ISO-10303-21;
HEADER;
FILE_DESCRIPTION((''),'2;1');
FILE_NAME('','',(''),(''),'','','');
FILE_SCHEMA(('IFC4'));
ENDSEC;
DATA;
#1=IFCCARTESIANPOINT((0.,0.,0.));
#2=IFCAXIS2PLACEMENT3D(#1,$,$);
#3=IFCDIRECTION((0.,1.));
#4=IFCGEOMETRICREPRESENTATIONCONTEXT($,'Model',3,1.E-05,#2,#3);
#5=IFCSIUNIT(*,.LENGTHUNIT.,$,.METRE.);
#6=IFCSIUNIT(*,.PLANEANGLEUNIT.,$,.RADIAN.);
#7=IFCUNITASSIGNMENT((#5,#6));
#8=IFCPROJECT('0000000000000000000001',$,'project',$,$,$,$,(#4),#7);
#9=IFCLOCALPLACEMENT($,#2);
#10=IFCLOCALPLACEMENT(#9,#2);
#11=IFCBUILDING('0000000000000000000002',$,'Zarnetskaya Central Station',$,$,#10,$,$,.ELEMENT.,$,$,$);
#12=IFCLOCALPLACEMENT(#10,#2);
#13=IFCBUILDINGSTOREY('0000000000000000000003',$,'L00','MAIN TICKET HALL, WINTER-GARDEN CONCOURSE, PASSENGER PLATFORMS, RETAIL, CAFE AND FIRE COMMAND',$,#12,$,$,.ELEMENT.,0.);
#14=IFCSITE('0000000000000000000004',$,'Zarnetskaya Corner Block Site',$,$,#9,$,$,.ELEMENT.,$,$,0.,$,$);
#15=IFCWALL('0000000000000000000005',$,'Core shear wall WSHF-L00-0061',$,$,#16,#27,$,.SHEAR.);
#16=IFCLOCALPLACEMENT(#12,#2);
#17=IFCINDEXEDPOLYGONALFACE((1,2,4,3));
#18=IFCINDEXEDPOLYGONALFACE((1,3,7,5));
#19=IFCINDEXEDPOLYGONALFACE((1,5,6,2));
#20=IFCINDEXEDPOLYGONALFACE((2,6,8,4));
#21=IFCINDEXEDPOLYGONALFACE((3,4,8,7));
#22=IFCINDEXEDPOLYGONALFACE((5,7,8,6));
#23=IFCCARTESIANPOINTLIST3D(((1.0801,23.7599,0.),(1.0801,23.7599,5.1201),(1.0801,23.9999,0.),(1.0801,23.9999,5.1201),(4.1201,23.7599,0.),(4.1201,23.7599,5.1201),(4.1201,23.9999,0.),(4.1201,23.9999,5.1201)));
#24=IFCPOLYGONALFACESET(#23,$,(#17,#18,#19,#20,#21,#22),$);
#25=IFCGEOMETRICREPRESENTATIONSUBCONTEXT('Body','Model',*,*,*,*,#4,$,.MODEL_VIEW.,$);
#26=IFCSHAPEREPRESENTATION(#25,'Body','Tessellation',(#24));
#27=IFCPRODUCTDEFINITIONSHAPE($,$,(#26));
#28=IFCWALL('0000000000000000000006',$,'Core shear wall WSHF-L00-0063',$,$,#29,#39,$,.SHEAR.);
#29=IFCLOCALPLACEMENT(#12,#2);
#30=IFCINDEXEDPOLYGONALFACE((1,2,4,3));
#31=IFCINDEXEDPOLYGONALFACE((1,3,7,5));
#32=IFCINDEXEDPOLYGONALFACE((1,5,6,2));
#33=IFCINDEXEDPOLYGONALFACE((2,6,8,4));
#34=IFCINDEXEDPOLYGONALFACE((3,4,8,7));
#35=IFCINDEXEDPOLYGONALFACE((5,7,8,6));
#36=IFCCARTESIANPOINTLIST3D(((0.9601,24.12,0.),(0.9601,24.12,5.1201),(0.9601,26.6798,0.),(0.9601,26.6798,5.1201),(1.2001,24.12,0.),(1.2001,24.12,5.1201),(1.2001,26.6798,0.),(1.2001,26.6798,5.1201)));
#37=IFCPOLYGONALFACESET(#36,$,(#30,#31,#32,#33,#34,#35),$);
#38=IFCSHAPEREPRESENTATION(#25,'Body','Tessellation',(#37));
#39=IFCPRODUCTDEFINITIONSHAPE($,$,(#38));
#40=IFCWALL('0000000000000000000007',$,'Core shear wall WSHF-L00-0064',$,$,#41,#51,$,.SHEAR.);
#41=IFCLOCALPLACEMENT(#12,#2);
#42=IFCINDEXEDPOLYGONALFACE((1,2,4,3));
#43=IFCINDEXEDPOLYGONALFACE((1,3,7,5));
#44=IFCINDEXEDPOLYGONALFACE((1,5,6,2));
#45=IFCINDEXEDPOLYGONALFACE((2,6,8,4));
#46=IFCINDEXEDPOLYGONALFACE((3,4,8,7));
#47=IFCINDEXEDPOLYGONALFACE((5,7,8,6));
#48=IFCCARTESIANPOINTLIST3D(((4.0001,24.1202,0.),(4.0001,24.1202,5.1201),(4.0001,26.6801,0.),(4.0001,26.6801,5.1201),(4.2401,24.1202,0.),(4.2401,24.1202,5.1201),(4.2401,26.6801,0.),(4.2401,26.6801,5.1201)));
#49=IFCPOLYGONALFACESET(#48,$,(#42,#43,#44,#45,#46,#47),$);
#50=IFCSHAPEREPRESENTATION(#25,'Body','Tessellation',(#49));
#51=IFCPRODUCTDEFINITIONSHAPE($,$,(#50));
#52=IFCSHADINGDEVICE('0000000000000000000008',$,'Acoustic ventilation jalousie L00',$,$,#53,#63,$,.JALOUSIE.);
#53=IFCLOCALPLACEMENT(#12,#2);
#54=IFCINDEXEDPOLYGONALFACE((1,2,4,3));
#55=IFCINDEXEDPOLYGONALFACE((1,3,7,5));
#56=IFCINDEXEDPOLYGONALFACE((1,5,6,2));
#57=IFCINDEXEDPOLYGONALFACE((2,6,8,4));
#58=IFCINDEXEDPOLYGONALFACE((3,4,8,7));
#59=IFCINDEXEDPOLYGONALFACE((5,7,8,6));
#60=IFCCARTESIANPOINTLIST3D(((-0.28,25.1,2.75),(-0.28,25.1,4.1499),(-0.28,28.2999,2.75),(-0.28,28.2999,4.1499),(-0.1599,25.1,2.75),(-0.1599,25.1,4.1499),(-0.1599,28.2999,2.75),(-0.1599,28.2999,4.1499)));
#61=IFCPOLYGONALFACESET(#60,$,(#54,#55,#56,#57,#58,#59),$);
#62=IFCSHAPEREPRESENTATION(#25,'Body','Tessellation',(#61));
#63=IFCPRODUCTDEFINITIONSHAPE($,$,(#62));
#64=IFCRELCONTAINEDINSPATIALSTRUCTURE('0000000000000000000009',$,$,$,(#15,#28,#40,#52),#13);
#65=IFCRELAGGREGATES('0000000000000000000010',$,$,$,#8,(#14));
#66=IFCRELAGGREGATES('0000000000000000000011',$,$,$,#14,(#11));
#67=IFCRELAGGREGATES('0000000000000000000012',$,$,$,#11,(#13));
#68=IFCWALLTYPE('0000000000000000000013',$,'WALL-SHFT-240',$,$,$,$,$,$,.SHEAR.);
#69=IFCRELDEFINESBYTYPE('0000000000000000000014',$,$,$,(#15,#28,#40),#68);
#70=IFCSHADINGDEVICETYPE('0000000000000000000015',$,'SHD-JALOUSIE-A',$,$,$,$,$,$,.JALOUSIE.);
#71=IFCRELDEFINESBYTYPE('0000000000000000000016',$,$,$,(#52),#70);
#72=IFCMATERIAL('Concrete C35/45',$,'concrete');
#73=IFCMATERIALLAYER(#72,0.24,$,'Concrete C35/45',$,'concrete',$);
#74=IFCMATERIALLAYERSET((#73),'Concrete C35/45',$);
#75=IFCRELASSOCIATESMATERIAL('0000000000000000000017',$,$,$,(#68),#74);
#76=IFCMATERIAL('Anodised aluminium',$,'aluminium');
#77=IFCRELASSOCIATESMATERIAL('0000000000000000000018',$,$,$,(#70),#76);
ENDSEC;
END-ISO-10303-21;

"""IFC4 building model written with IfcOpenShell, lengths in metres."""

from ifc_helpers import new_model, si_unit, direction, frame, frame_2d, origin, origin_2d, place, context, subcontext, project, spatial, rectangle, extrude, material, layer, layer_set, type_object, element, save


model = new_model("IFC4")

# Units and contexts
model_context = context("Model", 3, precision=1e-05, world=origin(), true_north=direction((0.0, 1.0)))
body_context = subcontext(model_context, "Body", "Model", "MODEL_VIEW")
ifc_project = project(units=[si_unit("LENGTHUNIT", "METRE"), si_unit("PLANEANGLEUNIT", "RADIAN")], contexts=[model_context])

# Site, building, storey
site_placement = place(None, origin())
site = spatial("IfcSite", under=ifc_project, at=site_placement, Name="Zarnetskaya Corner Block Site", CompositionType="ELEMENT", RefElevation=0.0)
building_placement = place(site_placement, origin())
building = spatial("IfcBuilding", under=site, at=building_placement, Name="Zarnetskaya Central Station", CompositionType="ELEMENT")
storey_placement = place(building_placement, origin())
storey = spatial("IfcBuildingStorey", under=building, at=storey_placement, Name="L00", Description="MAIN TICKET HALL, WINTER-GARDEN CONCOURSE, PASSENGER PLATFORMS, RETAIL, CAFE AND FIRE COMMAND", CompositionType="ELEMENT", Elevation=0.0)

# Shared definitions
ifc_material_1 = material(Name="Anodised aluminium", Category="aluminium")

# Wall
ifc_material_2 = material(Name="Concrete C35/45", Category="concrete")
ifc_layer_1 = layer(ifc_material_2, 0.24, Name="Concrete C35/45", Category="concrete")
ifc_layer_set_1 = layer_set([ifc_layer_1], Name="Concrete C35/45")
wall_type_1 = type_object("IfcWallType", Name="WALL-SHFT-240", PredefinedType="SHEAR", material=ifc_layer_set_1)
wall_1_placement = place(storey_placement, frame((4.1201, 23.8799, 0.0), z_axis=(0.0, 0.0, 1.0), x_axis=(-1.0, 0.0, 0.0)))
element("IfcWall", 1, at=wall_1_placement, inside=storey, type_object=wall_type_1, Name="Core shear wall WSHF-L00-0061", PredefinedType="SHEAR", context=body_context, shape_type="SweptSolid", body=[
    extrude(rectangle(XDim=3.04, YDim=0.24, at=frame_2d((1.52, 0.0))), origin(), (0.0, 0.0, 1.0), 5.1201),
])

# Walls
for number, where, z_axis, x_axis, name in (
    (2, (1.0801, 24.1201, 0.0), (0.0, 0.0, 1.0), (0.0, 1.0, 0.0), "Core shear wall WSHF-L00-0063"),
    (3, (4.1201, 26.6799, 0.0), (0.0, 0.0, 1.0), (0.0, -1.0, 0.0), "Core shear wall WSHF-L00-0064"),
):
    element("IfcWall", number, at=place(storey_placement, frame(where, z_axis=z_axis, x_axis=x_axis)), inside=storey, type_object=wall_type_1, Name=name, PredefinedType="SHEAR", context=body_context, shape_type="SweptSolid", body=[
        extrude(rectangle(XDim=2.5598, YDim=0.24, at=frame_2d((1.2798, 0.0))), origin(), (0.0, 0.0, 1.0), 5.1201),
    ])

# Shading device
shading_device_type = type_object("IfcShadingDeviceType", Name="SHD-JALOUSIE-A", PredefinedType="JALOUSIE", material=ifc_material_1)
shading_device_placement = place(storey_placement, frame((-0.22, 26.7, 2.75), z_axis=(0.0, 0.0, 1.0), x_axis=(0.0, 1.0, 0.0)))
element("IfcShadingDevice", 4, at=shading_device_placement, inside=storey, type_object=shading_device_type, Name="Acoustic ventilation jalousie L00", PredefinedType="JALOUSIE", context=body_context, shape_type="SweptSolid", body=[
    extrude(rectangle(XDim=3.2, YDim=0.1201, at=origin_2d()), origin(), (0.0, 0.0, 1.0), 1.3999),
])

save(model, "model.ifc")
